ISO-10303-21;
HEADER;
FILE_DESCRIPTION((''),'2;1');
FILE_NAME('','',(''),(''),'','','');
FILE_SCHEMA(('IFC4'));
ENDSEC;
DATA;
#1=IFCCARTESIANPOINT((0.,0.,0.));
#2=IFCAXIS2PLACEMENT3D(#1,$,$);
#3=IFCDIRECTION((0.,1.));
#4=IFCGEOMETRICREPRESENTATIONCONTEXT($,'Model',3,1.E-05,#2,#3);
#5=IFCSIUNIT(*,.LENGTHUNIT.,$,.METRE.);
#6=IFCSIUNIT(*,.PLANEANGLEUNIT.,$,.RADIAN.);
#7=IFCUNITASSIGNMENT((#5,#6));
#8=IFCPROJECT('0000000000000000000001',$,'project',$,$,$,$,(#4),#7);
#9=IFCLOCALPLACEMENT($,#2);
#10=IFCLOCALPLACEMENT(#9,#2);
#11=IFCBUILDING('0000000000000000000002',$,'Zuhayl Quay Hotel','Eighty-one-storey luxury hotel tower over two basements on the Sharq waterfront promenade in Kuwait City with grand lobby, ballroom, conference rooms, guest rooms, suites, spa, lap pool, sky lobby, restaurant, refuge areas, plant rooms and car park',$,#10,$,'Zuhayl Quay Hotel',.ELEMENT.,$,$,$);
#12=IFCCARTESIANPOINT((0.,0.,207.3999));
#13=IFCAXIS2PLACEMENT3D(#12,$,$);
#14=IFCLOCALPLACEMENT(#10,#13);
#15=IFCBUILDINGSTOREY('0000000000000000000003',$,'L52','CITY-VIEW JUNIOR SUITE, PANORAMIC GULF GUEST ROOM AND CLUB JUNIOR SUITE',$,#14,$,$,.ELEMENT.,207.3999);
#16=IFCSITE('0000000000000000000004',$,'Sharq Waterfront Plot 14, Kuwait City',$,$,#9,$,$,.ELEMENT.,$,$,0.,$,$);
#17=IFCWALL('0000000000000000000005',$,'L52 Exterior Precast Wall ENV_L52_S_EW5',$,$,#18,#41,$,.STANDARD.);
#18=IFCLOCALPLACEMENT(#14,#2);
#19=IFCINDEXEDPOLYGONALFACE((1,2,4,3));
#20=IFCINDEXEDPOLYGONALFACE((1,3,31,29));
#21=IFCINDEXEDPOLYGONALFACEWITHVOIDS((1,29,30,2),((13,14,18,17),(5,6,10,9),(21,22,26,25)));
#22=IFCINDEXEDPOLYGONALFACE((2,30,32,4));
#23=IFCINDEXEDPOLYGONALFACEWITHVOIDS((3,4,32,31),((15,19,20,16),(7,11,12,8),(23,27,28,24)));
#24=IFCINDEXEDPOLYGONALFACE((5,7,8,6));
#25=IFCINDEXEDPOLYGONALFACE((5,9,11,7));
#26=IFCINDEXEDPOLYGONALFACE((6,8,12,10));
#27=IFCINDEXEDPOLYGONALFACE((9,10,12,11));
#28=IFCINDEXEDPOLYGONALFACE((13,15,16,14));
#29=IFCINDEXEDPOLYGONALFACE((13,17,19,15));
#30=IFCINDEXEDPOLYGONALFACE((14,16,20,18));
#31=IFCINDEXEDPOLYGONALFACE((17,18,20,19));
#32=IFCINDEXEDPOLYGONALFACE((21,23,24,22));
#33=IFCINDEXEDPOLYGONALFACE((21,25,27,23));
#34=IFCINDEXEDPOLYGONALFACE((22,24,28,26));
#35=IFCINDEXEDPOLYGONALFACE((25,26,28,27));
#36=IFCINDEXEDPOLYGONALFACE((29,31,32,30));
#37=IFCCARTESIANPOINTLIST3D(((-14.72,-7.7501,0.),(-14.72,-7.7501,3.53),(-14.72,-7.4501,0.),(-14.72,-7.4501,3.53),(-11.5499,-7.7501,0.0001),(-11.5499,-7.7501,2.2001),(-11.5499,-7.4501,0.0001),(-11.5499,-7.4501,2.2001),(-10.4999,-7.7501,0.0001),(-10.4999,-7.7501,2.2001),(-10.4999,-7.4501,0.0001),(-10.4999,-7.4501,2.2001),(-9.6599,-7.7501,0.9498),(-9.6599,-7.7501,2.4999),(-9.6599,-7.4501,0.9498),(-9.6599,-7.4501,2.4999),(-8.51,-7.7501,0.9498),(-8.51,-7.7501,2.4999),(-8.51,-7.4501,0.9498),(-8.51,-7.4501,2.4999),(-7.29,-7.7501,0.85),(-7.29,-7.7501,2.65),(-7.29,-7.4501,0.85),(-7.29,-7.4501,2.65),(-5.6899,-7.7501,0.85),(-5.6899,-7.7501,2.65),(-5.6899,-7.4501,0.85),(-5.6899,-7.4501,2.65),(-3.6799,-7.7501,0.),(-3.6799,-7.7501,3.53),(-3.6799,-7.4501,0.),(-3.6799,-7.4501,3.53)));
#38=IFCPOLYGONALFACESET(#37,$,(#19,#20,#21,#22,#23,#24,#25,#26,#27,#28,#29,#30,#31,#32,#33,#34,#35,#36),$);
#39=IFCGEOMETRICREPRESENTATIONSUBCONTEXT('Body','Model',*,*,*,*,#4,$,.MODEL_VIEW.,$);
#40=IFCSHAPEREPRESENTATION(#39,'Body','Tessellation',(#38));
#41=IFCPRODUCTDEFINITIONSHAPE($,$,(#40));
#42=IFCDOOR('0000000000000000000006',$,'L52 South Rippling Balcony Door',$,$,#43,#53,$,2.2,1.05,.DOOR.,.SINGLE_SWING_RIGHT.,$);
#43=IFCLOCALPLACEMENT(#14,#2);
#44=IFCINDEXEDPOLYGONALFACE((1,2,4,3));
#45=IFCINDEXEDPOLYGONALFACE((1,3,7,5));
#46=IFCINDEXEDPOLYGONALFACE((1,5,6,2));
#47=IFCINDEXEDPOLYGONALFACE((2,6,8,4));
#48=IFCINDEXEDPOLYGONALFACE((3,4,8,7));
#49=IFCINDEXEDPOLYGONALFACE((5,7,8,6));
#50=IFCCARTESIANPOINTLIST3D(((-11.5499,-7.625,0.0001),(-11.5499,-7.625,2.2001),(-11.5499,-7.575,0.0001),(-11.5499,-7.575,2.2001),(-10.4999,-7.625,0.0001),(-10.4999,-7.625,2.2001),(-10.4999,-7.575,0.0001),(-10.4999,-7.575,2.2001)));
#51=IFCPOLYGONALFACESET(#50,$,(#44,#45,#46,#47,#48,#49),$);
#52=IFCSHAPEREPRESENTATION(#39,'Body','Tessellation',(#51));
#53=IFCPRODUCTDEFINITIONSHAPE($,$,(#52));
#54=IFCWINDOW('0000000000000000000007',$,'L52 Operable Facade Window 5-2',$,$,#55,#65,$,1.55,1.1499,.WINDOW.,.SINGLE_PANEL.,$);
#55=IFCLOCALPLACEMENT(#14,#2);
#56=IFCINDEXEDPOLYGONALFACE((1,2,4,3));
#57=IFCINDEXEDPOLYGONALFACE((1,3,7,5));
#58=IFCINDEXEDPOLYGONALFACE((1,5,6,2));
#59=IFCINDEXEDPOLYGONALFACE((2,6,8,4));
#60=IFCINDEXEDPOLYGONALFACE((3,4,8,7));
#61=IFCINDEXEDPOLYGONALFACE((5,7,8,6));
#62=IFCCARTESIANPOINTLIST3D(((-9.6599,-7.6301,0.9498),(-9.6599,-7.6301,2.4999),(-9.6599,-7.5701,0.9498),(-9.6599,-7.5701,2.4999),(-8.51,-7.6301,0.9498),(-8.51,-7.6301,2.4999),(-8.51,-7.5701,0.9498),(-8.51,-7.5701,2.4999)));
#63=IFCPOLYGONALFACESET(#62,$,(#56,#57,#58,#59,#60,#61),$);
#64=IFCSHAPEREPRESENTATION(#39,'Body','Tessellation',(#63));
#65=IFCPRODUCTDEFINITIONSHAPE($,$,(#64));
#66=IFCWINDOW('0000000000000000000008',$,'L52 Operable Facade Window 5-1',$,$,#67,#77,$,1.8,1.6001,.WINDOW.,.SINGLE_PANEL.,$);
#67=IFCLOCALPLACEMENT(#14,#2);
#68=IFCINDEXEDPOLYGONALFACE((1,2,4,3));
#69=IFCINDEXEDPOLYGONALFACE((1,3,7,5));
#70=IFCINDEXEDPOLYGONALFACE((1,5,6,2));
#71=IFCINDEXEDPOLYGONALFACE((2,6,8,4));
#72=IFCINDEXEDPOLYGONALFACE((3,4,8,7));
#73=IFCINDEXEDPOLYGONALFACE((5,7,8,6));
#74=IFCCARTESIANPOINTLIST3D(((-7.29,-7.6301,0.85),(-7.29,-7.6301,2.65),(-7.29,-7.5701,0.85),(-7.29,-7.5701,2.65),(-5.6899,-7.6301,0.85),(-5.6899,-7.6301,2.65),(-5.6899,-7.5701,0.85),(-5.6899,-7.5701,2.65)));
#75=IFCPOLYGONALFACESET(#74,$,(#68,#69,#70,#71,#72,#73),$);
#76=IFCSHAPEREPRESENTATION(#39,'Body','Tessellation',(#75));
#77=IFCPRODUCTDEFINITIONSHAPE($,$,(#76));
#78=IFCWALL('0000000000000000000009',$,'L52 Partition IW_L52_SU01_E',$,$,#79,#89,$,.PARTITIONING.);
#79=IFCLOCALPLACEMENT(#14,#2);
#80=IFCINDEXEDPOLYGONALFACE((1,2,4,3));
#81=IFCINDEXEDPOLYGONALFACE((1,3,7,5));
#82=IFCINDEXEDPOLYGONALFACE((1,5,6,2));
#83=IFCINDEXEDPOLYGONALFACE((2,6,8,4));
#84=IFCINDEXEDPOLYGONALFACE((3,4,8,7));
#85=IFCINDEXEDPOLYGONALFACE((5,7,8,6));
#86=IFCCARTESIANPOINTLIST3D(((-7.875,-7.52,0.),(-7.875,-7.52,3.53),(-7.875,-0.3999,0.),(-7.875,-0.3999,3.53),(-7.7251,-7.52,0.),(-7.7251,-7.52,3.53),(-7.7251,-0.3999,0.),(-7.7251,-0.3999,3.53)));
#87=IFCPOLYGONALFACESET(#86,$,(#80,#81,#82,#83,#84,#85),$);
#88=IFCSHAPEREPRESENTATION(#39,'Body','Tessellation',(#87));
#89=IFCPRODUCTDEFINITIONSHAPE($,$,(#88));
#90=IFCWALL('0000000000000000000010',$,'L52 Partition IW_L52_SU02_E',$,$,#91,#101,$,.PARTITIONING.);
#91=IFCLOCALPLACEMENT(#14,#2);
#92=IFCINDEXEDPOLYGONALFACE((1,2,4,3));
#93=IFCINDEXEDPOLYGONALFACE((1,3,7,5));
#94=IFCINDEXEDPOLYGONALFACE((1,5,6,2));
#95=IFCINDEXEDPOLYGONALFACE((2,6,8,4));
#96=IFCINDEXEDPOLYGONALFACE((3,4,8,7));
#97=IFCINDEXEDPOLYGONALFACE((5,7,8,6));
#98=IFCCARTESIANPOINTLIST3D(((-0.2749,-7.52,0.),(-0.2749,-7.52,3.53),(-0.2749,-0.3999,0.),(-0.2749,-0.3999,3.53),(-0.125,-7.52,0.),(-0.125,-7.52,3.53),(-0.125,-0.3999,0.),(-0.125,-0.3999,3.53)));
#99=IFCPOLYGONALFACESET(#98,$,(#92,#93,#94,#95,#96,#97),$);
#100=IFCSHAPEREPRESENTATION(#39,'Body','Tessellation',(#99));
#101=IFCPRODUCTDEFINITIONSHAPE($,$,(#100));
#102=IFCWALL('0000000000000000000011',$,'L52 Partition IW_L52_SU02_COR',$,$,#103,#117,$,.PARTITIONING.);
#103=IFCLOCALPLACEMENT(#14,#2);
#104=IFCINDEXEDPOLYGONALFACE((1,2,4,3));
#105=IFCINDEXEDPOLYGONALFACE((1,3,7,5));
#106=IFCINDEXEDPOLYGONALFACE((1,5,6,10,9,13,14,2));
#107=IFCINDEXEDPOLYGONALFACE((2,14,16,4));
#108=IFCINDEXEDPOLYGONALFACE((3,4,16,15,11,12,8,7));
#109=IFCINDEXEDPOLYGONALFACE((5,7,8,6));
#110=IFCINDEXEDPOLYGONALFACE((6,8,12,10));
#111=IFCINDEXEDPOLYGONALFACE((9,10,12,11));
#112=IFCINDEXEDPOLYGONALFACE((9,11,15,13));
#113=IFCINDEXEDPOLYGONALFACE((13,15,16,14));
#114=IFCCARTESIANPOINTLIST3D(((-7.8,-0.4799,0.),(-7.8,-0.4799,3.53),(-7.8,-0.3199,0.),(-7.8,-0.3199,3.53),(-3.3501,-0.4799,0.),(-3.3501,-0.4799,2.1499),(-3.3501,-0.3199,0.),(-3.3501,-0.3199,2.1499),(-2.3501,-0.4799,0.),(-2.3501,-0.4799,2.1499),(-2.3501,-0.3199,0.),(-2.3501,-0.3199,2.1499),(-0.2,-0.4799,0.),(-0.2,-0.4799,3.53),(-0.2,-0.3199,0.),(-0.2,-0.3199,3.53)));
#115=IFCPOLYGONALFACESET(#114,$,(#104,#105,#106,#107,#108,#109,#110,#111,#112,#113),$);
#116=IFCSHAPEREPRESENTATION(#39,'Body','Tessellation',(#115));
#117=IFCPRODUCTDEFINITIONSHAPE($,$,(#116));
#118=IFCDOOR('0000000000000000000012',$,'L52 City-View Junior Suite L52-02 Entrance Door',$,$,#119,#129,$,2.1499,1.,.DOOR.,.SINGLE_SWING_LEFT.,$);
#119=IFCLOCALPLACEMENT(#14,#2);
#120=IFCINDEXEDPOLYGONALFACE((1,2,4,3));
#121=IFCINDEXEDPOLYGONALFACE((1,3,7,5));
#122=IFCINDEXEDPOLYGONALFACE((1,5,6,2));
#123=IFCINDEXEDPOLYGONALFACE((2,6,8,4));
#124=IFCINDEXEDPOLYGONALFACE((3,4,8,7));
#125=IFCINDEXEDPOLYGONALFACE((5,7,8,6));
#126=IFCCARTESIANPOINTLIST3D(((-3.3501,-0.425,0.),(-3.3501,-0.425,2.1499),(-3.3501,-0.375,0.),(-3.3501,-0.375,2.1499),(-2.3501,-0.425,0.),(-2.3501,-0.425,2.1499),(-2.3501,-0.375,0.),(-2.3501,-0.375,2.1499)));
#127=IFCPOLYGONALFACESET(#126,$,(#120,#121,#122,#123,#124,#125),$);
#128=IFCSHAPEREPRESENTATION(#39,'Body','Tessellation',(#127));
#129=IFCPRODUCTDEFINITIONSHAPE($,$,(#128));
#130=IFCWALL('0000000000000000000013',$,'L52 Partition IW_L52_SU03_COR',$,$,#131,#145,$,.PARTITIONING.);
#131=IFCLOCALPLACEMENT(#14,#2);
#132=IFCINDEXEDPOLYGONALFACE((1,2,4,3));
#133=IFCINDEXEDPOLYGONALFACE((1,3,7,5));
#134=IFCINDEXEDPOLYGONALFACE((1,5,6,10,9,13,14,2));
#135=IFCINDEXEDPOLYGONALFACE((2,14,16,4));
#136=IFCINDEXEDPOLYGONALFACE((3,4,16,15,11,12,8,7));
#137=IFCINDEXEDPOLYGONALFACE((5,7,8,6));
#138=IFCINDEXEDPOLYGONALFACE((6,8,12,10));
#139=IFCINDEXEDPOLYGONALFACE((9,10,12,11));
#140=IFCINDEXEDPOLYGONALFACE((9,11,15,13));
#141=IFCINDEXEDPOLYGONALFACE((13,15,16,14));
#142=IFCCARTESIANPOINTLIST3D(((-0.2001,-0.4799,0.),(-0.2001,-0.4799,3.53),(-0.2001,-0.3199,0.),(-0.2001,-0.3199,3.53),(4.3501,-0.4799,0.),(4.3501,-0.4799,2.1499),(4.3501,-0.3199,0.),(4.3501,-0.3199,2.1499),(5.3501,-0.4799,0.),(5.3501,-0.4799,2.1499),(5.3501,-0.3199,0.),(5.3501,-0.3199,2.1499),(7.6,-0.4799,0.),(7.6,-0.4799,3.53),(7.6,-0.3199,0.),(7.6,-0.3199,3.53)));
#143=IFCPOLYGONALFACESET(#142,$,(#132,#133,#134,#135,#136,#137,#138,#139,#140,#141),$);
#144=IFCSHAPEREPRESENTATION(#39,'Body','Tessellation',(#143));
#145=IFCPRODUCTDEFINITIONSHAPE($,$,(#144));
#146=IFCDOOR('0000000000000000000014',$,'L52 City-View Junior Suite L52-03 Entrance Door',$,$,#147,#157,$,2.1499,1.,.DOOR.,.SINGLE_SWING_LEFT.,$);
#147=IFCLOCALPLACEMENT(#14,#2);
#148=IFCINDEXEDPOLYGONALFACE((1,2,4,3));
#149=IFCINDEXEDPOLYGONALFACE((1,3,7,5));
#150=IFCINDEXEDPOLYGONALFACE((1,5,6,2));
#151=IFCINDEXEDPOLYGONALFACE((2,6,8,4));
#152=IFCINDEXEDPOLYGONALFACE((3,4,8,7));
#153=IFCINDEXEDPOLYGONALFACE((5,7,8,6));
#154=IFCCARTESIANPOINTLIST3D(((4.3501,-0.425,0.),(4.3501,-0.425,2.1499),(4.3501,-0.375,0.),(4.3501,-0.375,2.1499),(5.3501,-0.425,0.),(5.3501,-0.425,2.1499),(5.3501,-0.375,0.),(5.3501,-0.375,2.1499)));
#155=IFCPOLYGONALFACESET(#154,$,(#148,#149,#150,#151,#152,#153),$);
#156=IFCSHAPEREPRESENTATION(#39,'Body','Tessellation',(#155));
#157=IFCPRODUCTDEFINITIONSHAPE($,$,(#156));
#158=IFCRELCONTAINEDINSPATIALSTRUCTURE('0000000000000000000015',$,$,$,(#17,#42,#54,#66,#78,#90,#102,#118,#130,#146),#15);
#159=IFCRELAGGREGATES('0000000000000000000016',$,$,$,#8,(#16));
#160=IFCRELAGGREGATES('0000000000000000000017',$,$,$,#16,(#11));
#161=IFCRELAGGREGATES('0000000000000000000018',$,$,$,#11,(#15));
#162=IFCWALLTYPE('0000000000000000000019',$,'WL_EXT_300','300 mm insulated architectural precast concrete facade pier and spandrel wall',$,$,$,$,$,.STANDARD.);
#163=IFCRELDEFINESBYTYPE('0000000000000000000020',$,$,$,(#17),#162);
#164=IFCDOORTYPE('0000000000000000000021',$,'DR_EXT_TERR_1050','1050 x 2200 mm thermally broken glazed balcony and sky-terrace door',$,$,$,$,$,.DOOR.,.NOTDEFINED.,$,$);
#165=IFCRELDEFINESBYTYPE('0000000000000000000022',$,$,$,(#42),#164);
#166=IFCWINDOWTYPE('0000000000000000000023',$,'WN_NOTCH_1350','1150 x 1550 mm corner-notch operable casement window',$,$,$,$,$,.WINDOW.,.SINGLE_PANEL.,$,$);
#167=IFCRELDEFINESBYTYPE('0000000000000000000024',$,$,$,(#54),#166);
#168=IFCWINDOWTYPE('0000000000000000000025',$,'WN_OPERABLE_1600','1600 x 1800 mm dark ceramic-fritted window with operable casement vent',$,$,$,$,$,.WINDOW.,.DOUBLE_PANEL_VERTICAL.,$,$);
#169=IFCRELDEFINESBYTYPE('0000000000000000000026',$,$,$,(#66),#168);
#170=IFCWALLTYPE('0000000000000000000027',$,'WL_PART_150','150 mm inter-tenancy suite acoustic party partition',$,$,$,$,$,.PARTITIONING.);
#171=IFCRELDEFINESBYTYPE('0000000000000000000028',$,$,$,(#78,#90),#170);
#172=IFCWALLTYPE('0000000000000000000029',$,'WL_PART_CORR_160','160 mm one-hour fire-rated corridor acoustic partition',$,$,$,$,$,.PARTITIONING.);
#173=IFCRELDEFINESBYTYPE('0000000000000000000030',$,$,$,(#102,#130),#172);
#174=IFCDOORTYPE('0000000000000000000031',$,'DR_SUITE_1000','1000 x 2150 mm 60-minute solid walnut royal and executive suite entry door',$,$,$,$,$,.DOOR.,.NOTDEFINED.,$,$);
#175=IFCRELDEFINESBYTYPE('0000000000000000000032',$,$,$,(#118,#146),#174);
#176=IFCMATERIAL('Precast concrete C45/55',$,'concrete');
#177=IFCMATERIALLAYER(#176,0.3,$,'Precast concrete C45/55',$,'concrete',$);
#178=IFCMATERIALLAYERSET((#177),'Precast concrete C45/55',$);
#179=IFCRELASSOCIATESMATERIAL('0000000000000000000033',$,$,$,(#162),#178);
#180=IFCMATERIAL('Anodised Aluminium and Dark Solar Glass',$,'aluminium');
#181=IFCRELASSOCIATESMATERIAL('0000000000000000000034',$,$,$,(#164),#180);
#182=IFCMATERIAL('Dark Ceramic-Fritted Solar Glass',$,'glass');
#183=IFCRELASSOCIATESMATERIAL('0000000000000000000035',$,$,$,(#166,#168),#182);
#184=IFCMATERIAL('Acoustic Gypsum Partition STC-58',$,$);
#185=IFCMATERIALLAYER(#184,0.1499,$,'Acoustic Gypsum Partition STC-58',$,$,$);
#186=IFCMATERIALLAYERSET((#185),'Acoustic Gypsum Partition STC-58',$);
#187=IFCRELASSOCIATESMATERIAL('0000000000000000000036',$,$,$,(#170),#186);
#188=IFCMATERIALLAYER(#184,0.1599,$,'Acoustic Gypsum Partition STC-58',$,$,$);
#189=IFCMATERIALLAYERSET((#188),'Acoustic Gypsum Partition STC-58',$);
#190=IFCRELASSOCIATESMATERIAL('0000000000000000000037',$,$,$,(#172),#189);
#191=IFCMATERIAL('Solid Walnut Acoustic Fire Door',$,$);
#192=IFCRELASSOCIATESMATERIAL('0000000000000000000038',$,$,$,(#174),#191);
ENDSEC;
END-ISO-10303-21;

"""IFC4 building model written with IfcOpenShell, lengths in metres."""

from ifc_helpers import new_model, si_unit, direction, frame, frame_2d, origin, place, context, subcontext, project, spatial, rectangle, extrude, material, layer, layer_set, type_object, element, fill, save


model = new_model("IFC4")

# Units and contexts
model_context = context("Model", 3, precision=1e-05, world=origin(), true_north=direction((0.0, 1.0)))
body_context = subcontext(model_context, "Body", "Model", "MODEL_VIEW")
ifc_project = project(units=[si_unit("LENGTHUNIT", "METRE"), si_unit("PLANEANGLEUNIT", "RADIAN")], contexts=[model_context])

# Site, building, storey
site_placement = place(None, origin())
site = spatial("IfcSite", under=ifc_project, at=site_placement, Name="Sharq Waterfront Plot 14, Kuwait City", CompositionType="ELEMENT", RefElevation=0.0)
building_placement = place(site_placement, origin())
building = spatial("IfcBuilding", under=site, at=building_placement, Name="Zuhayl Quay Hotel", Description="Eighty-one-storey luxury hotel tower over two basements on the Sharq waterfront promenade in Kuwait City with grand lobby, ballroom, conference rooms, guest rooms, suites, spa, lap pool, sky lobby, restaurant, refuge areas, plant rooms and car park", LongName="Zuhayl Quay Hotel", CompositionType="ELEMENT")
storey_placement = place(building_placement, frame((0.0, 0.0, 207.3999)))
storey = spatial("IfcBuildingStorey", under=building, at=storey_placement, Name="L52", Description="CITY-VIEW JUNIOR SUITE, PANORAMIC GULF GUEST ROOM AND CLUB JUNIOR SUITE", CompositionType="ELEMENT", Elevation=207.3999)

# Shared definitions
ifc_material_1 = material(Name="Dark Ceramic-Fritted Solar Glass", Category="glass")

# Wall, openings, door, windows
ifc_material_2 = material(Name="Precast concrete C45/55", Category="concrete")
ifc_layer_1 = layer(ifc_material_2, 0.3, Name="Precast concrete C45/55", Category="concrete")
ifc_layer_set_1 = layer_set([ifc_layer_1], Name="Precast concrete C45/55")
wall_type_1 = type_object("IfcWallType", Name="WL_EXT_300", Description="300 mm insulated architectural precast concrete facade pier and spandrel wall", PredefinedType="STANDARD", material=ifc_layer_set_1)
wall_1_placement = place(storey_placement, frame((-3.6799, -7.6001, 0.0), z_axis=(0.0, 0.0, 1.0), x_axis=(-1.0, 0.0, 0.0)))
wall_1 = element("IfcWall", 1, at=wall_1_placement, inside=storey, type_object=wall_type_1, Name="L52 Exterior Precast Wall ENV_L52_S_EW5", PredefinedType="STANDARD", context=body_context, shape_type="SweptSolid", body=[
    extrude(rectangle(XDim=11.04, YDim=0.3, at=frame_2d((5.52, 0.0))), origin(), (0.0, 0.0, 1.0), 3.53),
])
opening_1_placement = place(wall_1_placement, frame((6.8201, 0.0, 0.0)))
opening_1 = element("IfcOpeningElement", 2, at=opening_1_placement, cuts=wall_1, PredefinedType="OPENING", context=body_context, shape_type="SweptSolid", body=[
    extrude(rectangle(XDim=1.05, YDim=2.2, at=frame_2d((0.5249, 1.1001))), frame((0.0, 0.1599, 0.0), z_axis=(0.0, -1.0, 0.0), x_axis=(1.0, 0.0, 0.0)), (0.0, 0.0, 1.0), 0.3201),
])
opening_2_placement = place(wall_1_placement, frame((2.01, 0.0, 0.8501)))
opening_2 = element("IfcOpeningElement", 3, at=opening_2_placement, cuts=wall_1, PredefinedType="OPENING", context=body_context, shape_type="SweptSolid", body=[
    extrude(rectangle(XDim=1.6001, YDim=1.8, at=frame_2d((0.8, 0.8999))), frame((0.0, 0.1599, 0.0), z_axis=(0.0, -1.0, 0.0), x_axis=(1.0, 0.0, 0.0)), (0.0, 0.0, 1.0), 0.3201),
])
opening_3_placement = place(wall_1_placement, frame((4.8301, 0.0, 0.95)))
opening_3 = element("IfcOpeningElement", 4, at=opening_3_placement, cuts=wall_1, PredefinedType="OPENING", context=body_context, shape_type="SweptSolid", body=[
    extrude(rectangle(XDim=1.1499, YDim=1.55, at=frame_2d((0.575, 0.7749))), frame((0.0, 0.1599, 0.0), z_axis=(0.0, -1.0, 0.0), x_axis=(1.0, 0.0, 0.0)), (0.0, 0.0, 1.0), 0.3201),
])
ifc_material_3 = material(Name="Anodised Aluminium and Dark Solar Glass", Category="aluminium")
door_type_1 = type_object("IfcDoorType", Name="DR_EXT_TERR_1050", Description="1050 x 2200 mm thermally broken glazed balcony and sky-terrace door", OperationType="NOTDEFINED", PredefinedType="DOOR", material=ifc_material_3)
door_1_placement = place(opening_1_placement, origin())
door_1 = element("IfcDoor", 5, at=door_1_placement, inside=storey, type_object=door_type_1, Name="L52 South Rippling Balcony Door", OperationType="SINGLE_SWING_RIGHT", OverallHeight=2.2, OverallWidth=1.05, PredefinedType="DOOR", context=body_context, shape_type="SweptSolid", body=[
    extrude(rectangle(XDim=1.05, YDim=2.2, at=frame_2d((0.5249, 1.1001))), frame((0.0, 0.0249, 0.0), z_axis=(0.0, -1.0, 0.0), x_axis=(1.0, 0.0, 0.0)), (0.0, 0.0, 1.0), 0.05),
])
fill(opening_1, door_1)
window_type_1 = type_object("IfcWindowType", Name="WN_NOTCH_1350", Description="1150 x 1550 mm corner-notch operable casement window", PartitioningType="SINGLE_PANEL", PredefinedType="WINDOW", material=ifc_material_1)
window_1_placement = place(opening_3_placement, origin())
window_1 = element("IfcWindow", 6, at=window_1_placement, inside=storey, type_object=window_type_1, Name="L52 Operable Facade Window 5-2", OverallHeight=1.55, OverallWidth=1.1499, PartitioningType="SINGLE_PANEL", PredefinedType="WINDOW", context=body_context, shape_type="SweptSolid", body=[
    extrude(rectangle(XDim=1.1499, YDim=1.55, at=frame_2d((0.575, 0.7749))), frame((0.0, 0.03, 0.0), z_axis=(0.0, -1.0, 0.0), x_axis=(1.0, 0.0, 0.0)), (0.0, 0.0, 1.0), 0.0601),
])
fill(opening_3, window_1)
window_type_2 = type_object("IfcWindowType", Name="WN_OPERABLE_1600", Description="1600 x 1800 mm dark ceramic-fritted window with operable casement vent", PartitioningType="DOUBLE_PANEL_VERTICAL", PredefinedType="WINDOW", material=ifc_material_1)
window_2_placement = place(opening_2_placement, origin())
window_2 = element("IfcWindow", 7, at=window_2_placement, inside=storey, type_object=window_type_2, Name="L52 Operable Facade Window 5-1", OverallHeight=1.8, OverallWidth=1.6001, PartitioningType="SINGLE_PANEL", PredefinedType="WINDOW", context=body_context, shape_type="SweptSolid", body=[
    extrude(rectangle(XDim=1.6001, YDim=1.8, at=frame_2d((0.8, 0.8999))), frame((0.0, 0.03, 0.0), z_axis=(0.0, -1.0, 0.0), x_axis=(1.0, 0.0, 0.0)), (0.0, 0.0, 1.0), 0.0601),
])
fill(opening_2, window_2)

# Walls
ifc_material_4 = material(Name="Acoustic Gypsum Partition STC-58")
ifc_layer_2 = layer(ifc_material_4, 0.1499, Name="Acoustic Gypsum Partition STC-58")
ifc_layer_set_2 = layer_set([ifc_layer_2], Name="Acoustic Gypsum Partition STC-58")
wall_type_2 = type_object("IfcWallType", Name="WL_PART_150", Description="150 mm inter-tenancy suite acoustic party partition", PredefinedType="PARTITIONING", material=ifc_layer_set_2)
for number, where, z_axis, x_axis, name in (
    (8, (-7.8, -7.52, 0.0), (0.0, 0.0, 1.0), (0.0, 1.0, 0.0), "L52 Partition IW_L52_SU01_E"),
    (9, (-0.2, -7.52, 0.0), (0.0, 0.0, 1.0), (0.0, 1.0, 0.0), "L52 Partition IW_L52_SU02_E"),
):
    element("IfcWall", number, at=place(storey_placement, frame(where, z_axis=z_axis, x_axis=x_axis)), inside=storey, type_object=wall_type_2, Name=name, PredefinedType="PARTITIONING", context=body_context, shape_type="SweptSolid", body=[
        extrude(rectangle(XDim=7.1201, YDim=0.1499, at=frame_2d((3.5601, 0.0))), origin(), (0.0, 0.0, 1.0), 3.53),
    ])

# Walls, openings, doors
ifc_layer_3 = layer(ifc_material_4, 0.1599, Name="Acoustic Gypsum Partition STC-58")
ifc_layer_set_3 = layer_set([ifc_layer_3], Name="Acoustic Gypsum Partition STC-58")
wall_type_3 = type_object("IfcWallType", Name="WL_PART_CORR_160", Description="160 mm one-hour fire-rated corridor acoustic partition", PredefinedType="PARTITIONING", material=ifc_layer_set_3)
wall_2_placement = place(storey_placement, frame((-7.8, -0.3999, 0.0), z_axis=(0.0, 0.0, 1.0), x_axis=(1.0, 0.0, 0.0)))
wall_2 = element("IfcWall", 10, at=wall_2_placement, inside=storey, type_object=wall_type_3, Name="L52 Partition IW_L52_SU02_COR", PredefinedType="PARTITIONING", context=body_context, shape_type="SweptSolid", body=[
    extrude(rectangle(XDim=7.6001, YDim=0.1599, at=frame_2d((3.8, 0.0))), origin(), (0.0, 0.0, 1.0), 3.53),
])
opening_4_placement = place(wall_2_placement, frame((4.45, 0.0, 0.0)))
opening_4 = element("IfcOpeningElement", 11, at=opening_4_placement, cuts=wall_2, PredefinedType="OPENING", context=body_context, shape_type="SweptSolid", body=[
    extrude(rectangle(XDim=1.0, YDim=2.1499, at=frame_2d((0.5, 1.075))), frame((0.0, 0.0898, 0.0), z_axis=(0.0, -1.0, 0.0), x_axis=(1.0, 0.0, 0.0)), (0.0, 0.0, 1.0), 0.1799),
])
ifc_material_5 = material(Name="Solid Walnut Acoustic Fire Door")
door_type_2 = type_object("IfcDoorType", Name="DR_SUITE_1000", Description="1000 x 2150 mm 60-minute solid walnut royal and executive suite entry door", OperationType="NOTDEFINED", PredefinedType="DOOR", material=ifc_material_5)
door_2_placement = place(opening_4_placement, origin())
door_2 = element("IfcDoor", 12, at=door_2_placement, inside=storey, type_object=door_type_2, Name="L52 City-View Junior Suite L52-02 Entrance Door", OperationType="SINGLE_SWING_LEFT", OverallHeight=2.1499, OverallWidth=1.0, PredefinedType="DOOR", context=body_context, shape_type="SweptSolid", body=[
    extrude(rectangle(XDim=1.0, YDim=2.1499, at=frame_2d((0.5, 1.075))), frame((0.0, 0.0249, 0.0), z_axis=(0.0, -1.0, 0.0), x_axis=(1.0, 0.0, 0.0)), (0.0, 0.0, 1.0), 0.05),
])
fill(opening_4, door_2)
wall_3_placement = place(storey_placement, frame((-0.2, -0.3999, 0.0), z_axis=(0.0, 0.0, 1.0), x_axis=(1.0, 0.0, 0.0)))
wall_3 = element("IfcWall", 13, at=wall_3_placement, inside=storey, type_object=wall_type_3, Name="L52 Partition IW_L52_SU03_COR", PredefinedType="PARTITIONING", context=body_context, shape_type="SweptSolid", body=[
    extrude(rectangle(XDim=7.8, YDim=0.1599, at=frame_2d((3.8999, 0.0))), origin(), (0.0, 0.0, 1.0), 3.53),
])
opening_5_placement = place(wall_3_placement, frame((4.55, 0.0, 0.0)))
opening_5 = element("IfcOpeningElement", 14, at=opening_5_placement, cuts=wall_3, PredefinedType="OPENING", context=body_context, shape_type="SweptSolid", body=[
    extrude(rectangle(XDim=1.0, YDim=2.1499, at=frame_2d((0.5, 1.075))), frame((0.0, 0.0898, 0.0), z_axis=(0.0, -1.0, 0.0), x_axis=(1.0, 0.0, 0.0)), (0.0, 0.0, 1.0), 0.1799),
])
door_3_placement = place(opening_5_placement, origin())
door_3 = element("IfcDoor", 15, at=door_3_placement, inside=storey, type_object=door_type_2, Name="L52 City-View Junior Suite L52-03 Entrance Door", OperationType="SINGLE_SWING_LEFT", OverallHeight=2.1499, OverallWidth=1.0, PredefinedType="DOOR", context=body_context, shape_type="SweptSolid", body=[
    extrude(rectangle(XDim=1.0, YDim=2.1499, at=frame_2d((0.5, 1.075))), frame((0.0, 0.0249, 0.0), z_axis=(0.0, -1.0, 0.0), x_axis=(1.0, 0.0, 0.0)), (0.0, 0.0, 1.0), 0.05),
])
fill(opening_5, door_3)

save(model, "model.ifc")
